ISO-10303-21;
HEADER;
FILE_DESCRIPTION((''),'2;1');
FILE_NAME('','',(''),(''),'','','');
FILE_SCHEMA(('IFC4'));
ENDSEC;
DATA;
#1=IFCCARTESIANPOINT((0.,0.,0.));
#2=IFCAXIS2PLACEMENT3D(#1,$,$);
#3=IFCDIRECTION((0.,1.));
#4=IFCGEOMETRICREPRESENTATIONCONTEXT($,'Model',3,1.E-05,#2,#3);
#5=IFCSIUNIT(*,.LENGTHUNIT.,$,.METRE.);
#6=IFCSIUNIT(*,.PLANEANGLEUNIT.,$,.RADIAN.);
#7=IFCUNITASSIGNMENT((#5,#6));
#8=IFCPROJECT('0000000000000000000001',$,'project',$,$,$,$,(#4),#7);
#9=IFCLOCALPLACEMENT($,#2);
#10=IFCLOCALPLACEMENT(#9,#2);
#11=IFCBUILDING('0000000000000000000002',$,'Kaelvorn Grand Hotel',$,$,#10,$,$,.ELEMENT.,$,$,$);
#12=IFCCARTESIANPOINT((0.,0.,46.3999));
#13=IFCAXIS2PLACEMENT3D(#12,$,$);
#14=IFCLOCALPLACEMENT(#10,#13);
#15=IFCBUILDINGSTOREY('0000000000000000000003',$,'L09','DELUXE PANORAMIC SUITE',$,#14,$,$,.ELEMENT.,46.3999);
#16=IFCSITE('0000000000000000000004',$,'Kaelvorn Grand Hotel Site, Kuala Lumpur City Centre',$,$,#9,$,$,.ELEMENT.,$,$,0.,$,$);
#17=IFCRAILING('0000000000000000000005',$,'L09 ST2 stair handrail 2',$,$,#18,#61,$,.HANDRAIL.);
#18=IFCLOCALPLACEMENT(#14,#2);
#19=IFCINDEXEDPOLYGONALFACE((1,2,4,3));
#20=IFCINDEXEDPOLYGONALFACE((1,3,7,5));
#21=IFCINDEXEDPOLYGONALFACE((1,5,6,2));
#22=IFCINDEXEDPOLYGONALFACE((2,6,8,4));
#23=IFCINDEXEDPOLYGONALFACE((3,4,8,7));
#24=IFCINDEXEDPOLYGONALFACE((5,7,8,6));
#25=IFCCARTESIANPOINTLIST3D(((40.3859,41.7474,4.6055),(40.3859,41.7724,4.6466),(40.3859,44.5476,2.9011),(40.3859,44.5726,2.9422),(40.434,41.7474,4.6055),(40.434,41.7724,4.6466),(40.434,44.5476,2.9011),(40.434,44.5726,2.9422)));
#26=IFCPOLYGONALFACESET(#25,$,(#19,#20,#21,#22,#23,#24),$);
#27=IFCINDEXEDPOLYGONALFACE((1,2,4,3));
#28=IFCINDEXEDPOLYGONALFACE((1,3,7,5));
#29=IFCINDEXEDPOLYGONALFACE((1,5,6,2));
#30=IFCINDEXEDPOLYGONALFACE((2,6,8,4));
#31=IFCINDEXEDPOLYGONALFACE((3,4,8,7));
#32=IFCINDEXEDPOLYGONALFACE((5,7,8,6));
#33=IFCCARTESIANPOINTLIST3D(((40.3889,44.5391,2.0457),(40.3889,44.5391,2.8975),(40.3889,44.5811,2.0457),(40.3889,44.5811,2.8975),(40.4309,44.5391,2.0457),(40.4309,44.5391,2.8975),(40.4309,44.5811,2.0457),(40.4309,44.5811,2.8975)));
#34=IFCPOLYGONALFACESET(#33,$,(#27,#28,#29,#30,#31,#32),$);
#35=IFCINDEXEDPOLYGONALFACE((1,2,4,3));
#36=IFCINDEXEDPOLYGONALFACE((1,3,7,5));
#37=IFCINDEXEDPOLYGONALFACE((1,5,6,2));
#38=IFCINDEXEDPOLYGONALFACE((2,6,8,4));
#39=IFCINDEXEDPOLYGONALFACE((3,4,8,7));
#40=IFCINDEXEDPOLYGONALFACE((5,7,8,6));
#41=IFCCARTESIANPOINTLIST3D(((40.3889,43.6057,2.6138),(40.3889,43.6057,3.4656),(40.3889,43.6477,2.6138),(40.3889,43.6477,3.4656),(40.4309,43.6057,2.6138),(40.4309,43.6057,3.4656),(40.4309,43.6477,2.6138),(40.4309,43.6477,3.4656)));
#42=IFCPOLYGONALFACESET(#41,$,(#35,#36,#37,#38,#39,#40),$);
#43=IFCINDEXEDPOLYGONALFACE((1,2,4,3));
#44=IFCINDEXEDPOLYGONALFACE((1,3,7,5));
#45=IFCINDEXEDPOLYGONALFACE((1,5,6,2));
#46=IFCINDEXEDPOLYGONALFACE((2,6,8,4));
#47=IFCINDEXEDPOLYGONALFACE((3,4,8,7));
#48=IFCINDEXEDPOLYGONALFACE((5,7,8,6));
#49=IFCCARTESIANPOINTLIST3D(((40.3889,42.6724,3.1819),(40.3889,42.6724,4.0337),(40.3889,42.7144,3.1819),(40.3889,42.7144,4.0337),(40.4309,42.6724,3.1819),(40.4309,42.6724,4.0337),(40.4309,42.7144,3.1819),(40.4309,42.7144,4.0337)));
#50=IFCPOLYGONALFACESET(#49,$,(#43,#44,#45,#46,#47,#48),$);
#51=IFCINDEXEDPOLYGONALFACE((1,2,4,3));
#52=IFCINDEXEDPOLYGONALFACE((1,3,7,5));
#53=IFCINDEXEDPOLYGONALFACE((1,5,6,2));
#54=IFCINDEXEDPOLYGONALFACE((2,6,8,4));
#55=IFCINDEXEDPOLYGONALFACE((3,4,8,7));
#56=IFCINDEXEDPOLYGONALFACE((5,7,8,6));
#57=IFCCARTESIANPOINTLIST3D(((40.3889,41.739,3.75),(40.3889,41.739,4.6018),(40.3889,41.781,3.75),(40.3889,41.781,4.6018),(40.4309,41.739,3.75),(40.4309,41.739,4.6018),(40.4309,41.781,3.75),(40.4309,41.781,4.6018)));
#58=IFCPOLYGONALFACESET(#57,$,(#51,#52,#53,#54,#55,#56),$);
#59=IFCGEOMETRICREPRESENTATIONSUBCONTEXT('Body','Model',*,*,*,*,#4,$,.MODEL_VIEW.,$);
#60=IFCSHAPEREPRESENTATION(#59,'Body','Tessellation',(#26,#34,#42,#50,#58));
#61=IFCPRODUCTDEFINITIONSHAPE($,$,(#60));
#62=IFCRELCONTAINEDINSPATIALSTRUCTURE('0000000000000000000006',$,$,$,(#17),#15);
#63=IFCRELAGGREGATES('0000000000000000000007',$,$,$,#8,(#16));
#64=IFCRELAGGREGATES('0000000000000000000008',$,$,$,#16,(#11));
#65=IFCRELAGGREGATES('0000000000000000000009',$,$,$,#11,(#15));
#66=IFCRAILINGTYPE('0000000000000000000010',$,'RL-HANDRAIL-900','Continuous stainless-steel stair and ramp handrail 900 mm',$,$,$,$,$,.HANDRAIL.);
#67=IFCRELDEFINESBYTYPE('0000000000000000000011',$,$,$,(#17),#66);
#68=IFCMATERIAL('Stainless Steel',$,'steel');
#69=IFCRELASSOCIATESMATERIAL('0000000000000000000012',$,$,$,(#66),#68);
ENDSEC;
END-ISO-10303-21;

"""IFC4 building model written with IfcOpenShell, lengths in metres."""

from ifc_helpers import new_model, si_unit, direction, frame, origin, origin_2d, place, context, subcontext, project, spatial, rectangle, extrude, material, type_object, element, save


model = new_model("IFC4")

# Units and contexts
model_context = context("Model", 3, precision=1e-05, world=origin(), true_north=direction((0.0, 1.0)))
body_context = subcontext(model_context, "Body", "Model", "MODEL_VIEW")
ifc_project = project(units=[si_unit("LENGTHUNIT", "METRE"), si_unit("PLANEANGLEUNIT", "RADIAN")], contexts=[model_context])

# Site, building, storey
site_placement = place(None, origin())
site = spatial("IfcSite", under=ifc_project, at=site_placement, Name="Kaelvorn Grand Hotel Site, Kuala Lumpur City Centre", CompositionType="ELEMENT", RefElevation=0.0)
building_placement = place(site_placement, origin())
building = spatial("IfcBuilding", under=site, at=building_placement, Name="Kaelvorn Grand Hotel", CompositionType="ELEMENT")
storey_placement = place(building_placement, frame((0.0, 0.0, 46.3999)))
storey = spatial("IfcBuildingStorey", under=building, at=storey_placement, Name="L09", Description="DELUXE PANORAMIC SUITE", CompositionType="ELEMENT", Elevation=46.3999)

# Railing
ifc_material_1 = material(Name="Stainless Steel", Category="steel")
railing_type = type_object("IfcRailingType", Name="RL-HANDRAIL-900", Description="Continuous stainless-steel stair and ramp handrail 900 mm", PredefinedType="HANDRAIL", material=ifc_material_1)
railing_placement = place(storey_placement, frame((40.4099, 44.5601, 2.0457)))
element("IfcRailing", 1, at=railing_placement, inside=storey, type_object=railing_type, Name="L09 ST2 stair handrail 2", PredefinedType="HANDRAIL", context=body_context, shape_type="SweptSolid", body=[
    extrude(rectangle(XDim=0.0481, YDim=0.0481, at=origin_2d()), frame((0.0, 0.0, 0.876), z_axis=(0.0, -0.854203, 0.51994), x_axis=(1.0, 0.0, 0.0)), (0.0, 0.0, 1.0), 3.2781),
    extrude(rectangle(XDim=0.042, YDim=0.042, at=origin_2d()), origin(), (0.0, 0.0, 1.0), 0.8518),
    extrude(rectangle(XDim=0.042, YDim=0.042, at=origin_2d()), frame((0.0, -0.9333, 0.5681)), (0.0, 0.0, 1.0), 0.8518),
    extrude(rectangle(XDim=0.042, YDim=0.042, at=origin_2d()), frame((0.0, -1.8667, 1.1362)), (0.0, 0.0, 1.0), 0.8518),
    extrude(rectangle(XDim=0.042, YDim=0.042, at=origin_2d()), frame((0.0, -2.8, 1.7043)), (0.0, 0.0, 1.0), 0.8518),
])

save(model, "model.ifc")
